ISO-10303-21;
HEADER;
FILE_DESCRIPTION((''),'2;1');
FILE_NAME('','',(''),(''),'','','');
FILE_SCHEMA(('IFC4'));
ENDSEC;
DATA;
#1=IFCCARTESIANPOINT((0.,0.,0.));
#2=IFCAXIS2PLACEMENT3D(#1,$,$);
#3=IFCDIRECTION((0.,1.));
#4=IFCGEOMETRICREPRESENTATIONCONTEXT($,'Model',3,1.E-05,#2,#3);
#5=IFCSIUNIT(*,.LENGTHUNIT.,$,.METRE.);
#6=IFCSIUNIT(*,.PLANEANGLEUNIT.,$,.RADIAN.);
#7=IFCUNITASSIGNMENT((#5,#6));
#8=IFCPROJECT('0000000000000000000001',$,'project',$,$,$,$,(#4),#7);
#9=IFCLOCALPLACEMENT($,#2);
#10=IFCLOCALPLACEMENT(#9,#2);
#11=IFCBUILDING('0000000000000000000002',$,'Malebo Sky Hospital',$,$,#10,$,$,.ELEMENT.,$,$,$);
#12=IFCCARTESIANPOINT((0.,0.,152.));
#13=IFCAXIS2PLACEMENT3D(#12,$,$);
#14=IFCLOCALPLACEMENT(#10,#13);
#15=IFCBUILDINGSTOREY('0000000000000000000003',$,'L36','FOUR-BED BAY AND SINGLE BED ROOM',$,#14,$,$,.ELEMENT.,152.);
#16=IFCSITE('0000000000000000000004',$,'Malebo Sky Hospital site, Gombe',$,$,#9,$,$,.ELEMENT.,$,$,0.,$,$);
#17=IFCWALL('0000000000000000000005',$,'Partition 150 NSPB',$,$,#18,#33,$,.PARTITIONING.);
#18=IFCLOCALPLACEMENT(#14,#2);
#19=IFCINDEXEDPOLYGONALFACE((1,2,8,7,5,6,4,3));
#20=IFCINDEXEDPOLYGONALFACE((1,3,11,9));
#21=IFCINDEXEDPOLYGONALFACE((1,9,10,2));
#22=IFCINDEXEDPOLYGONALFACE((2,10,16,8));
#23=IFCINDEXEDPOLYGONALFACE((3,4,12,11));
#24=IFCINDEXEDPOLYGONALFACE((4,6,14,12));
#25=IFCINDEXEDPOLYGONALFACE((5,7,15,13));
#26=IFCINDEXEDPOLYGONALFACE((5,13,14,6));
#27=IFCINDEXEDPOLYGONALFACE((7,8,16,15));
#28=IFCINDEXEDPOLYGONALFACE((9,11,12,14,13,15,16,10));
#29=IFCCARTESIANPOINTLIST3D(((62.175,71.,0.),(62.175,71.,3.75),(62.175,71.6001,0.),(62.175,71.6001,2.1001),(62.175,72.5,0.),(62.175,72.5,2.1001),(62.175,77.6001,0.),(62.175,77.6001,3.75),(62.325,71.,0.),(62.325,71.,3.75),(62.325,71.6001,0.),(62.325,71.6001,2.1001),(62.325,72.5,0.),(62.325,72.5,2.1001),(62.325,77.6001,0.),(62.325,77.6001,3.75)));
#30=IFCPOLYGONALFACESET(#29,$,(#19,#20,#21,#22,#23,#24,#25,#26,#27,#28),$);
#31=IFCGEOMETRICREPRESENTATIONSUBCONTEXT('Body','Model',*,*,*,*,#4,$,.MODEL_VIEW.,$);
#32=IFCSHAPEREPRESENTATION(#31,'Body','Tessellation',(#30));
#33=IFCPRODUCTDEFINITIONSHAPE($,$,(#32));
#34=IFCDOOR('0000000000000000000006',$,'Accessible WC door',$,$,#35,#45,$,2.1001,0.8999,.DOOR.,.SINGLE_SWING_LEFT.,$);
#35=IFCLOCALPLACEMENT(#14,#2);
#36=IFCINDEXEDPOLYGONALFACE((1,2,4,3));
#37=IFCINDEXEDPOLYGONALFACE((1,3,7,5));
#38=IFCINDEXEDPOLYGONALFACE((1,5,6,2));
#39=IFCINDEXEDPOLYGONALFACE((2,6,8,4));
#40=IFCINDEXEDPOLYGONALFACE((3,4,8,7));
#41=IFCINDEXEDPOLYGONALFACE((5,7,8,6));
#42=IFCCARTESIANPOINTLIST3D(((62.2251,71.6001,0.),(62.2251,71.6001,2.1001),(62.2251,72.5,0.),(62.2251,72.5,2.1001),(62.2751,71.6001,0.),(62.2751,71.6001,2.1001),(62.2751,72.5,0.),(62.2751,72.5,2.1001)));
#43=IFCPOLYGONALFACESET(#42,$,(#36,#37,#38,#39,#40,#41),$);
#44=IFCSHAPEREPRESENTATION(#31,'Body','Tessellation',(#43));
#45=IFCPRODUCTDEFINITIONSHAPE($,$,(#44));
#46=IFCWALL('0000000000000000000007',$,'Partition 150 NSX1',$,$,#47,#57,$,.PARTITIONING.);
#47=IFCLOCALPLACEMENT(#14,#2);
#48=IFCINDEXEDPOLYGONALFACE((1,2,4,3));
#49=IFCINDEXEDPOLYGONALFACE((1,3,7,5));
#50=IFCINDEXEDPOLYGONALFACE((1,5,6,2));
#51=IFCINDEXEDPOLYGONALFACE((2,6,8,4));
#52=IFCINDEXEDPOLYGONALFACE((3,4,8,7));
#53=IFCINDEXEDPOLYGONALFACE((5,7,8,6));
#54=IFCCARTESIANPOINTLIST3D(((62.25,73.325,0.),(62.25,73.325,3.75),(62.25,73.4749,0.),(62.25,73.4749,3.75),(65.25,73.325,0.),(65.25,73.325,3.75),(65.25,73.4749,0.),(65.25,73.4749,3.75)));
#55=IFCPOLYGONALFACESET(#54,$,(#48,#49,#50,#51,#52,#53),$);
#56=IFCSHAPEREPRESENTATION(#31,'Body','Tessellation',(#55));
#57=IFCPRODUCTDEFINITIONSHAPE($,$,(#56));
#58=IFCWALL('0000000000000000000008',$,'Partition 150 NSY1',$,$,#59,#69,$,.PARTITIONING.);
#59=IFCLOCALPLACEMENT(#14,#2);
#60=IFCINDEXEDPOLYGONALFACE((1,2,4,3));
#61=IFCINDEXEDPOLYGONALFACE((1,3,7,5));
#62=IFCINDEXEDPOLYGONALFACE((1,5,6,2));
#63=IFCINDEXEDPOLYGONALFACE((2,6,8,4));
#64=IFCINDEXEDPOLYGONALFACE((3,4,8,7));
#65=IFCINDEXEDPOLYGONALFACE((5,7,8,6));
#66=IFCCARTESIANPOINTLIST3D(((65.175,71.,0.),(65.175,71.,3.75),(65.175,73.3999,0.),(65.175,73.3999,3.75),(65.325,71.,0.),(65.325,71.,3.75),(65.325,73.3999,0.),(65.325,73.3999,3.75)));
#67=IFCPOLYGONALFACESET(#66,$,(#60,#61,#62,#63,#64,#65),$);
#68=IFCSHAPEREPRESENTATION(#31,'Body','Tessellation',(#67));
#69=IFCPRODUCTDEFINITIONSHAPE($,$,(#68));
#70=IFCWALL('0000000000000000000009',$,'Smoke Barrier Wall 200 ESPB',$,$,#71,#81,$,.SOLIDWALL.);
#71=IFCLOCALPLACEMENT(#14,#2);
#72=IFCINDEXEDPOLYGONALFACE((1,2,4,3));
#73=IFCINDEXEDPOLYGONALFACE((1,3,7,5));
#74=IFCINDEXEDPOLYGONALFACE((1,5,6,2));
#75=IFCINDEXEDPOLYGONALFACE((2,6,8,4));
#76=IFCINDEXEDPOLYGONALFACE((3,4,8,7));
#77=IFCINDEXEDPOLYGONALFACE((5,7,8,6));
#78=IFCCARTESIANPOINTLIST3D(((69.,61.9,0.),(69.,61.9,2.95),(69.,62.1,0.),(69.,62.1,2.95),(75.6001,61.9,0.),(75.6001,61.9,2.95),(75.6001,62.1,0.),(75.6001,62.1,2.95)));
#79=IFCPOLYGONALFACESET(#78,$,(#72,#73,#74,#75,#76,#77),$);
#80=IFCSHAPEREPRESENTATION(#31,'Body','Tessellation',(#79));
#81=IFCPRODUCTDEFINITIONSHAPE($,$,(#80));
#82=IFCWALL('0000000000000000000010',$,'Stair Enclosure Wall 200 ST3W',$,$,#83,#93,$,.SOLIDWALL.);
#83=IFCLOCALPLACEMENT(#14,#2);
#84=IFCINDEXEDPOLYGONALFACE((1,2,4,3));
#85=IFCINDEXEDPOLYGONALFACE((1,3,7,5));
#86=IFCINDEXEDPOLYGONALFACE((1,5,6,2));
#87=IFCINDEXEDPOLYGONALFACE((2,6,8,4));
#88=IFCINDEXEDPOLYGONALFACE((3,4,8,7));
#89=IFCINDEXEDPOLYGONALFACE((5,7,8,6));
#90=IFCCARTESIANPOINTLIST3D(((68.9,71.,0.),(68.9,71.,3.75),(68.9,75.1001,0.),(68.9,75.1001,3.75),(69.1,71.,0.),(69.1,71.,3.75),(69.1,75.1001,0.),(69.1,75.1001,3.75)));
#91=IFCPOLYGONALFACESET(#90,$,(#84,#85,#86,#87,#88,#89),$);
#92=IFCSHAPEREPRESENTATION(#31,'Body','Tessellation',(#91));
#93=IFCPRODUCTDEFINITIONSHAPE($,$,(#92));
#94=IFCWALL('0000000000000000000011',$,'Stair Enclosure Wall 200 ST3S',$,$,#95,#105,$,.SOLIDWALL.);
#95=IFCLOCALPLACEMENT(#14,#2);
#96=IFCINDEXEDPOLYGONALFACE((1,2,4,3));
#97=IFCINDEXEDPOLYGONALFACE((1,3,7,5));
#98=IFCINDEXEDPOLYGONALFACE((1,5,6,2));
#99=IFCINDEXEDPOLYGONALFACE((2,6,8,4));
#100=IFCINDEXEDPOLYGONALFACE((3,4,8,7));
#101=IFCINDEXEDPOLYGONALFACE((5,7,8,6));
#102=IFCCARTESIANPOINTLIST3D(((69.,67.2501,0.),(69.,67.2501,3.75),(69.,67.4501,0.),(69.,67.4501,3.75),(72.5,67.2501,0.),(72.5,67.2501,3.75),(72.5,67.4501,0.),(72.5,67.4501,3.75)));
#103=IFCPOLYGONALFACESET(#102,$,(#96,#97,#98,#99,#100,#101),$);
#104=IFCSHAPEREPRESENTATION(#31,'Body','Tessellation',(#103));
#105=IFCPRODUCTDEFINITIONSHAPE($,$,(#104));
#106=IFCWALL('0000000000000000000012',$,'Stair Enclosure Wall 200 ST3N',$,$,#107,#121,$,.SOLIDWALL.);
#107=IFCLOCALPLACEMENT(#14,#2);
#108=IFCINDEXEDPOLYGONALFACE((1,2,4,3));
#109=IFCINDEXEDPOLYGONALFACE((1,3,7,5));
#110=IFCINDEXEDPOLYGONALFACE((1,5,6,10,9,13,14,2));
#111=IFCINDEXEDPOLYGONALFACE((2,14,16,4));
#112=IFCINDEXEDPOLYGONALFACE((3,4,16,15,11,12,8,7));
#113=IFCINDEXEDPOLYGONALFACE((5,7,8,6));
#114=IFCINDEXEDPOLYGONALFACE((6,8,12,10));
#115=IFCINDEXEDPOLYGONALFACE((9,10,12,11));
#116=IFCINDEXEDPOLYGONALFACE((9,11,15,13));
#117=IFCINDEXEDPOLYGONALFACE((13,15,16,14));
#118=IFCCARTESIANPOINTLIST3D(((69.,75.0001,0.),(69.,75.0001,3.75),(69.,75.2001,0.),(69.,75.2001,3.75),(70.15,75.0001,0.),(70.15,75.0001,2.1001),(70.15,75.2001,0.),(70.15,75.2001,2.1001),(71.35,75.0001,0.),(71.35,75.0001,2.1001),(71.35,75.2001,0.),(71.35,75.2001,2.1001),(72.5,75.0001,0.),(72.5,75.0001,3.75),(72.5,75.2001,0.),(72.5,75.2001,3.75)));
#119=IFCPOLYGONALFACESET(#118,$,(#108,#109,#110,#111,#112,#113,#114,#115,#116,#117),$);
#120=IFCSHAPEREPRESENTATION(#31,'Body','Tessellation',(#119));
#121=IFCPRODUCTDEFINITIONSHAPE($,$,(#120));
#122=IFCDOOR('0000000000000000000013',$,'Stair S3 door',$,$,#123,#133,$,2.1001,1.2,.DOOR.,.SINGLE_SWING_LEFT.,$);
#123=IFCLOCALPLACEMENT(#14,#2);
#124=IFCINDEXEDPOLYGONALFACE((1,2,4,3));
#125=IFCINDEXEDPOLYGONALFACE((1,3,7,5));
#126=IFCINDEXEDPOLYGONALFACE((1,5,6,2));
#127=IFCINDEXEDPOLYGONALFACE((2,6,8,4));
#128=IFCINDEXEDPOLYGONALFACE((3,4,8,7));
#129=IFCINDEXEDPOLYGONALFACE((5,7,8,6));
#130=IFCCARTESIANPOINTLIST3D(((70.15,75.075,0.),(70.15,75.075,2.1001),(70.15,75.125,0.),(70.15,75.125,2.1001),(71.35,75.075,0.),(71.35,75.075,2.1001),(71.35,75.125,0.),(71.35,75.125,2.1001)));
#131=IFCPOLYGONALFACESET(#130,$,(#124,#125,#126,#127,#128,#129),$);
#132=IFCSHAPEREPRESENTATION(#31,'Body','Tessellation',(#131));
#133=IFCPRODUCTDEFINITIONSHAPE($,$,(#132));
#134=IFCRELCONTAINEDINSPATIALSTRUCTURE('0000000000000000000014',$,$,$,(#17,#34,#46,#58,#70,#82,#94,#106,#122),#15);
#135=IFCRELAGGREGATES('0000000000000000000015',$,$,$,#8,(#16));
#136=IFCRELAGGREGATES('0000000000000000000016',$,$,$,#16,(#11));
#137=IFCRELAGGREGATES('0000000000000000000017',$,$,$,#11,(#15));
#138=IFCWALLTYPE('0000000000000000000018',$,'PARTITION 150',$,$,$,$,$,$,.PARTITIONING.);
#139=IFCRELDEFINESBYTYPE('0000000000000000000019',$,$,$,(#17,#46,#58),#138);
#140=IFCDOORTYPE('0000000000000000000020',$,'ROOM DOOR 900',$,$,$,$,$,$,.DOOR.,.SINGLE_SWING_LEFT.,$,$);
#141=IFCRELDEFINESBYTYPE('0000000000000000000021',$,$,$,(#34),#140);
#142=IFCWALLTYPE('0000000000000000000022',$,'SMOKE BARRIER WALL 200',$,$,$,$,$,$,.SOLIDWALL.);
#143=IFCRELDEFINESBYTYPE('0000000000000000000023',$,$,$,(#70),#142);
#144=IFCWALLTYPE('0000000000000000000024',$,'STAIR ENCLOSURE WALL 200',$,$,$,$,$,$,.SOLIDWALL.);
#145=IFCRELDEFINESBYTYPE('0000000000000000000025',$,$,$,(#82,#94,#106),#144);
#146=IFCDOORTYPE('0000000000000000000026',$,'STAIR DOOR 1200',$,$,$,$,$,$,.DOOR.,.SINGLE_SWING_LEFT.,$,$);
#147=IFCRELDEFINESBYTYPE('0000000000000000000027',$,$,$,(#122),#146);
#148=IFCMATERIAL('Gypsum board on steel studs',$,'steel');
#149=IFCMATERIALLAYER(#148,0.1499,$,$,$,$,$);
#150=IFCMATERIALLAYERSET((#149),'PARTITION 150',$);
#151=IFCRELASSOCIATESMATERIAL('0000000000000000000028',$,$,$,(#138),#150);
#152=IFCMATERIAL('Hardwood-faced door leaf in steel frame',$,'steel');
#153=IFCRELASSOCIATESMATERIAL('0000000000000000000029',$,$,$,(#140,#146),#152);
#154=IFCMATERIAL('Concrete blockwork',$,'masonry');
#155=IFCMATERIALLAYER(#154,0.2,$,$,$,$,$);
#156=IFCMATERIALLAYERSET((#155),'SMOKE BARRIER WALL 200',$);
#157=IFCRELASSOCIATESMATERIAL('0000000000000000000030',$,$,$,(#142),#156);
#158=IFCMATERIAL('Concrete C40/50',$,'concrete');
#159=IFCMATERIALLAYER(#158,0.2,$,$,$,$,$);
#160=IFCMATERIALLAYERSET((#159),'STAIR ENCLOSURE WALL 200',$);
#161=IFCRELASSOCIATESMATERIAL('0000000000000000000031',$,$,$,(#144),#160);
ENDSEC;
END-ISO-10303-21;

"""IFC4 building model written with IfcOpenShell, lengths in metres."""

from ifc_helpers import new_model, si_unit, direction, frame, frame_2d, origin, place, context, subcontext, project, spatial, rectangle, extrude, material, layer, layer_set, type_object, element, fill, save


model = new_model("IFC4")

# Units and contexts
model_context = context("Model", 3, precision=1e-05, world=origin(), true_north=direction((0.0, 1.0)))
body_context = subcontext(model_context, "Body", "Model", "MODEL_VIEW")
ifc_project = project(units=[si_unit("LENGTHUNIT", "METRE"), si_unit("PLANEANGLEUNIT", "RADIAN")], contexts=[model_context])

# Site, building, storey
site_placement = place(None, origin())
site = spatial("IfcSite", under=ifc_project, at=site_placement, Name="Malebo Sky Hospital site, Gombe", CompositionType="ELEMENT", RefElevation=0.0)
building_placement = place(site_placement, origin())
building = spatial("IfcBuilding", under=site, at=building_placement, Name="Malebo Sky Hospital", CompositionType="ELEMENT")
storey_placement = place(building_placement, frame((0.0, 0.0, 152.0)))
storey = spatial("IfcBuildingStorey", under=building, at=storey_placement, Name="L36", Description="FOUR-BED BAY AND SINGLE BED ROOM", CompositionType="ELEMENT", Elevation=152.0)

# Shared definitions
ifc_material_1 = material(Name="Gypsum board on steel studs", Category="steel")

# Wall, opening, door
ifc_layer_1 = layer(ifc_material_1, 0.1499)
ifc_layer_set_1 = layer_set([ifc_layer_1], Name="PARTITION 150")
wall_type_1 = type_object("IfcWallType", Name="PARTITION 150", PredefinedType="PARTITIONING", material=ifc_layer_set_1)
wall_1_placement = place(storey_placement, frame((62.25, 71.0, 0.0), z_axis=(0.0, 0.0, 1.0), x_axis=(0.0, 1.0, 0.0)))
wall_1 = element("IfcWall", 1, at=wall_1_placement, inside=storey, type_object=wall_type_1, Name="Partition 150 NSPB", PredefinedType="PARTITIONING", context=body_context, shape_type="SweptSolid", body=[
    extrude(rectangle(XDim=6.6001, YDim=0.1499, at=frame_2d((3.3, 0.0))), origin(), (0.0, 0.0, 1.0), 3.75),
])
opening_1_placement = place(wall_1_placement, frame((0.6001, 0.0, 0.0)))
opening_1 = element("IfcOpeningElement", 2, at=opening_1_placement, cuts=wall_1, PredefinedType="OPENING", context=body_context, shape_type="SweptSolid", body=[
    extrude(rectangle(XDim=0.8999, YDim=2.1001, at=frame_2d((0.45, 1.05))), frame((0.0, 0.085, 0.0), z_axis=(0.0, -1.0, 0.0), x_axis=(1.0, 0.0, 0.0)), (0.0, 0.0, 1.0), 0.1699),
])
ifc_material_2 = material(Name="Hardwood-faced door leaf in steel frame", Category="steel")
door_type_1 = type_object("IfcDoorType", Name="ROOM DOOR 900", OperationType="SINGLE_SWING_LEFT", PredefinedType="DOOR", material=ifc_material_2)
door_1_placement = place(opening_1_placement, origin())
door_1 = element("IfcDoor", 3, at=door_1_placement, inside=storey, type_object=door_type_1, Name="Accessible WC door", OperationType="SINGLE_SWING_LEFT", OverallHeight=2.1001, OverallWidth=0.8999, PredefinedType="DOOR", context=body_context, shape_type="SweptSolid", body=[
    extrude(rectangle(XDim=0.8999, YDim=2.1001, at=frame_2d((0.45, 1.05))), frame((0.0, 0.0249, 0.0), z_axis=(0.0, -1.0, 0.0), x_axis=(1.0, 0.0, 0.0)), (0.0, 0.0, 1.0), 0.05),
])
fill(opening_1, door_1)

# Walls
wall_2_placement = place(storey_placement, frame((62.25, 73.3999, 0.0), z_axis=(0.0, 0.0, 1.0), x_axis=(1.0, 0.0, 0.0)))
element("IfcWall", 4, at=wall_2_placement, inside=storey, type_object=wall_type_1, Name="Partition 150 NSX1", PredefinedType="PARTITIONING", context=body_context, shape_type="SweptSolid", body=[
    extrude(rectangle(XDim=3.0, YDim=0.1499, at=frame_2d((1.5, 0.0))), origin(), (0.0, 0.0, 1.0), 3.75),
])
wall_3_placement = place(storey_placement, frame((65.25, 71.0, 0.0), z_axis=(0.0, 0.0, 1.0), x_axis=(0.0, 1.0, 0.0)))
element("IfcWall", 5, at=wall_3_placement, inside=storey, type_object=wall_type_1, Name="Partition 150 NSY1", PredefinedType="PARTITIONING", context=body_context, shape_type="SweptSolid", body=[
    extrude(rectangle(XDim=2.3999, YDim=0.1499, at=frame_2d((1.2, 0.0))), origin(), (0.0, 0.0, 1.0), 3.75),
])
ifc_material_3 = material(Name="Concrete blockwork", Category="masonry")
ifc_layer_2 = layer(ifc_material_3, 0.2)
ifc_layer_set_2 = layer_set([ifc_layer_2], Name="SMOKE BARRIER WALL 200")
wall_type_2 = type_object("IfcWallType", Name="SMOKE BARRIER WALL 200", PredefinedType="SOLIDWALL", material=ifc_layer_set_2)
wall_4_placement = place(storey_placement, frame((69.0, 62.0, 0.0), z_axis=(0.0, 0.0, 1.0), x_axis=(1.0, 0.0, 0.0)))
element("IfcWall", 6, at=wall_4_placement, inside=storey, type_object=wall_type_2, Name="Smoke Barrier Wall 200 ESPB", PredefinedType="SOLIDWALL", context=body_context, shape_type="SweptSolid", body=[
    extrude(rectangle(XDim=6.6001, YDim=0.2, at=frame_2d((3.3, 0.0))), origin(), (0.0, 0.0, 1.0), 2.95),
])
ifc_material_4 = material(Name="Concrete C40/50", Category="concrete")
ifc_layer_3 = layer(ifc_material_4, 0.2)
ifc_layer_set_3 = layer_set([ifc_layer_3], Name="STAIR ENCLOSURE WALL 200")
wall_type_3 = type_object("IfcWallType", Name="STAIR ENCLOSURE WALL 200", PredefinedType="SOLIDWALL", material=ifc_layer_set_3)
wall_5_placement = place(storey_placement, frame((69.0, 71.0, 0.0), z_axis=(0.0, 0.0, 1.0), x_axis=(0.0, 1.0, 0.0)))
element("IfcWall", 7, at=wall_5_placement, inside=storey, type_object=wall_type_3, Name="Stair Enclosure Wall 200 ST3W", PredefinedType="SOLIDWALL", context=body_context, shape_type="SweptSolid", body=[
    extrude(rectangle(XDim=4.1001, YDim=0.2, at=frame_2d((2.05, 0.0))), origin(), (0.0, 0.0, 1.0), 3.75),
])
wall_6_placement = place(storey_placement, frame((69.0, 67.3501, 0.0), z_axis=(0.0, 0.0, 1.0), x_axis=(1.0, 0.0, 0.0)))
element("IfcWall", 8, at=wall_6_placement, inside=storey, type_object=wall_type_3, Name="Stair Enclosure Wall 200 ST3S", PredefinedType="SOLIDWALL", context=body_context, shape_type="SweptSolid", body=[
    extrude(rectangle(XDim=3.5, YDim=0.2, at=frame_2d((1.75, 0.0))), origin(), (0.0, 0.0, 1.0), 3.75),
])

# Wall, opening, door
wall_7_placement = place(storey_placement, frame((69.0, 75.1001, 0.0), z_axis=(0.0, 0.0, 1.0), x_axis=(1.0, 0.0, 0.0)))
wall_7 = element("IfcWall", 9, at=wall_7_placement, inside=storey, type_object=wall_type_3, Name="Stair Enclosure Wall 200 ST3N", PredefinedType="SOLIDWALL", context=body_context, shape_type="SweptSolid", body=[
    extrude(rectangle(XDim=3.5, YDim=0.2, at=frame_2d((1.75, 0.0))), origin(), (0.0, 0.0, 1.0), 3.75),
])
opening_2_placement = place(wall_7_placement, frame((1.1499, 0.0, 0.0)))
opening_2 = element("IfcOpeningElement", 10, at=opening_2_placement, cuts=wall_7, PredefinedType="OPENING", context=body_context, shape_type="SweptSolid", body=[
    extrude(rectangle(XDim=1.2, YDim=2.1001, at=frame_2d((0.6001, 1.05))), frame((0.0, 0.1099, 0.0), z_axis=(0.0, -1.0, 0.0), x_axis=(1.0, 0.0, 0.0)), (0.0, 0.0, 1.0), 0.22),
])
door_type_2 = type_object("IfcDoorType", Name="STAIR DOOR 1200", OperationType="SINGLE_SWING_LEFT", PredefinedType="DOOR", material=ifc_material_2)
door_2_placement = place(opening_2_placement, origin())
door_2 = element("IfcDoor", 11, at=door_2_placement, inside=storey, type_object=door_type_2, Name="Stair S3 door", OperationType="SINGLE_SWING_LEFT", OverallHeight=2.1001, OverallWidth=1.2, PredefinedType="DOOR", context=body_context, shape_type="SweptSolid", body=[
    extrude(rectangle(XDim=1.2, YDim=2.1001, at=frame_2d((0.6001, 1.05))), frame((0.0, 0.0249, 0.0), z_axis=(0.0, -1.0, 0.0), x_axis=(1.0, 0.0, 0.0)), (0.0, 0.0, 1.0), 0.05),
])
fill(opening_2, door_2)

save(model, "model.ifc")
